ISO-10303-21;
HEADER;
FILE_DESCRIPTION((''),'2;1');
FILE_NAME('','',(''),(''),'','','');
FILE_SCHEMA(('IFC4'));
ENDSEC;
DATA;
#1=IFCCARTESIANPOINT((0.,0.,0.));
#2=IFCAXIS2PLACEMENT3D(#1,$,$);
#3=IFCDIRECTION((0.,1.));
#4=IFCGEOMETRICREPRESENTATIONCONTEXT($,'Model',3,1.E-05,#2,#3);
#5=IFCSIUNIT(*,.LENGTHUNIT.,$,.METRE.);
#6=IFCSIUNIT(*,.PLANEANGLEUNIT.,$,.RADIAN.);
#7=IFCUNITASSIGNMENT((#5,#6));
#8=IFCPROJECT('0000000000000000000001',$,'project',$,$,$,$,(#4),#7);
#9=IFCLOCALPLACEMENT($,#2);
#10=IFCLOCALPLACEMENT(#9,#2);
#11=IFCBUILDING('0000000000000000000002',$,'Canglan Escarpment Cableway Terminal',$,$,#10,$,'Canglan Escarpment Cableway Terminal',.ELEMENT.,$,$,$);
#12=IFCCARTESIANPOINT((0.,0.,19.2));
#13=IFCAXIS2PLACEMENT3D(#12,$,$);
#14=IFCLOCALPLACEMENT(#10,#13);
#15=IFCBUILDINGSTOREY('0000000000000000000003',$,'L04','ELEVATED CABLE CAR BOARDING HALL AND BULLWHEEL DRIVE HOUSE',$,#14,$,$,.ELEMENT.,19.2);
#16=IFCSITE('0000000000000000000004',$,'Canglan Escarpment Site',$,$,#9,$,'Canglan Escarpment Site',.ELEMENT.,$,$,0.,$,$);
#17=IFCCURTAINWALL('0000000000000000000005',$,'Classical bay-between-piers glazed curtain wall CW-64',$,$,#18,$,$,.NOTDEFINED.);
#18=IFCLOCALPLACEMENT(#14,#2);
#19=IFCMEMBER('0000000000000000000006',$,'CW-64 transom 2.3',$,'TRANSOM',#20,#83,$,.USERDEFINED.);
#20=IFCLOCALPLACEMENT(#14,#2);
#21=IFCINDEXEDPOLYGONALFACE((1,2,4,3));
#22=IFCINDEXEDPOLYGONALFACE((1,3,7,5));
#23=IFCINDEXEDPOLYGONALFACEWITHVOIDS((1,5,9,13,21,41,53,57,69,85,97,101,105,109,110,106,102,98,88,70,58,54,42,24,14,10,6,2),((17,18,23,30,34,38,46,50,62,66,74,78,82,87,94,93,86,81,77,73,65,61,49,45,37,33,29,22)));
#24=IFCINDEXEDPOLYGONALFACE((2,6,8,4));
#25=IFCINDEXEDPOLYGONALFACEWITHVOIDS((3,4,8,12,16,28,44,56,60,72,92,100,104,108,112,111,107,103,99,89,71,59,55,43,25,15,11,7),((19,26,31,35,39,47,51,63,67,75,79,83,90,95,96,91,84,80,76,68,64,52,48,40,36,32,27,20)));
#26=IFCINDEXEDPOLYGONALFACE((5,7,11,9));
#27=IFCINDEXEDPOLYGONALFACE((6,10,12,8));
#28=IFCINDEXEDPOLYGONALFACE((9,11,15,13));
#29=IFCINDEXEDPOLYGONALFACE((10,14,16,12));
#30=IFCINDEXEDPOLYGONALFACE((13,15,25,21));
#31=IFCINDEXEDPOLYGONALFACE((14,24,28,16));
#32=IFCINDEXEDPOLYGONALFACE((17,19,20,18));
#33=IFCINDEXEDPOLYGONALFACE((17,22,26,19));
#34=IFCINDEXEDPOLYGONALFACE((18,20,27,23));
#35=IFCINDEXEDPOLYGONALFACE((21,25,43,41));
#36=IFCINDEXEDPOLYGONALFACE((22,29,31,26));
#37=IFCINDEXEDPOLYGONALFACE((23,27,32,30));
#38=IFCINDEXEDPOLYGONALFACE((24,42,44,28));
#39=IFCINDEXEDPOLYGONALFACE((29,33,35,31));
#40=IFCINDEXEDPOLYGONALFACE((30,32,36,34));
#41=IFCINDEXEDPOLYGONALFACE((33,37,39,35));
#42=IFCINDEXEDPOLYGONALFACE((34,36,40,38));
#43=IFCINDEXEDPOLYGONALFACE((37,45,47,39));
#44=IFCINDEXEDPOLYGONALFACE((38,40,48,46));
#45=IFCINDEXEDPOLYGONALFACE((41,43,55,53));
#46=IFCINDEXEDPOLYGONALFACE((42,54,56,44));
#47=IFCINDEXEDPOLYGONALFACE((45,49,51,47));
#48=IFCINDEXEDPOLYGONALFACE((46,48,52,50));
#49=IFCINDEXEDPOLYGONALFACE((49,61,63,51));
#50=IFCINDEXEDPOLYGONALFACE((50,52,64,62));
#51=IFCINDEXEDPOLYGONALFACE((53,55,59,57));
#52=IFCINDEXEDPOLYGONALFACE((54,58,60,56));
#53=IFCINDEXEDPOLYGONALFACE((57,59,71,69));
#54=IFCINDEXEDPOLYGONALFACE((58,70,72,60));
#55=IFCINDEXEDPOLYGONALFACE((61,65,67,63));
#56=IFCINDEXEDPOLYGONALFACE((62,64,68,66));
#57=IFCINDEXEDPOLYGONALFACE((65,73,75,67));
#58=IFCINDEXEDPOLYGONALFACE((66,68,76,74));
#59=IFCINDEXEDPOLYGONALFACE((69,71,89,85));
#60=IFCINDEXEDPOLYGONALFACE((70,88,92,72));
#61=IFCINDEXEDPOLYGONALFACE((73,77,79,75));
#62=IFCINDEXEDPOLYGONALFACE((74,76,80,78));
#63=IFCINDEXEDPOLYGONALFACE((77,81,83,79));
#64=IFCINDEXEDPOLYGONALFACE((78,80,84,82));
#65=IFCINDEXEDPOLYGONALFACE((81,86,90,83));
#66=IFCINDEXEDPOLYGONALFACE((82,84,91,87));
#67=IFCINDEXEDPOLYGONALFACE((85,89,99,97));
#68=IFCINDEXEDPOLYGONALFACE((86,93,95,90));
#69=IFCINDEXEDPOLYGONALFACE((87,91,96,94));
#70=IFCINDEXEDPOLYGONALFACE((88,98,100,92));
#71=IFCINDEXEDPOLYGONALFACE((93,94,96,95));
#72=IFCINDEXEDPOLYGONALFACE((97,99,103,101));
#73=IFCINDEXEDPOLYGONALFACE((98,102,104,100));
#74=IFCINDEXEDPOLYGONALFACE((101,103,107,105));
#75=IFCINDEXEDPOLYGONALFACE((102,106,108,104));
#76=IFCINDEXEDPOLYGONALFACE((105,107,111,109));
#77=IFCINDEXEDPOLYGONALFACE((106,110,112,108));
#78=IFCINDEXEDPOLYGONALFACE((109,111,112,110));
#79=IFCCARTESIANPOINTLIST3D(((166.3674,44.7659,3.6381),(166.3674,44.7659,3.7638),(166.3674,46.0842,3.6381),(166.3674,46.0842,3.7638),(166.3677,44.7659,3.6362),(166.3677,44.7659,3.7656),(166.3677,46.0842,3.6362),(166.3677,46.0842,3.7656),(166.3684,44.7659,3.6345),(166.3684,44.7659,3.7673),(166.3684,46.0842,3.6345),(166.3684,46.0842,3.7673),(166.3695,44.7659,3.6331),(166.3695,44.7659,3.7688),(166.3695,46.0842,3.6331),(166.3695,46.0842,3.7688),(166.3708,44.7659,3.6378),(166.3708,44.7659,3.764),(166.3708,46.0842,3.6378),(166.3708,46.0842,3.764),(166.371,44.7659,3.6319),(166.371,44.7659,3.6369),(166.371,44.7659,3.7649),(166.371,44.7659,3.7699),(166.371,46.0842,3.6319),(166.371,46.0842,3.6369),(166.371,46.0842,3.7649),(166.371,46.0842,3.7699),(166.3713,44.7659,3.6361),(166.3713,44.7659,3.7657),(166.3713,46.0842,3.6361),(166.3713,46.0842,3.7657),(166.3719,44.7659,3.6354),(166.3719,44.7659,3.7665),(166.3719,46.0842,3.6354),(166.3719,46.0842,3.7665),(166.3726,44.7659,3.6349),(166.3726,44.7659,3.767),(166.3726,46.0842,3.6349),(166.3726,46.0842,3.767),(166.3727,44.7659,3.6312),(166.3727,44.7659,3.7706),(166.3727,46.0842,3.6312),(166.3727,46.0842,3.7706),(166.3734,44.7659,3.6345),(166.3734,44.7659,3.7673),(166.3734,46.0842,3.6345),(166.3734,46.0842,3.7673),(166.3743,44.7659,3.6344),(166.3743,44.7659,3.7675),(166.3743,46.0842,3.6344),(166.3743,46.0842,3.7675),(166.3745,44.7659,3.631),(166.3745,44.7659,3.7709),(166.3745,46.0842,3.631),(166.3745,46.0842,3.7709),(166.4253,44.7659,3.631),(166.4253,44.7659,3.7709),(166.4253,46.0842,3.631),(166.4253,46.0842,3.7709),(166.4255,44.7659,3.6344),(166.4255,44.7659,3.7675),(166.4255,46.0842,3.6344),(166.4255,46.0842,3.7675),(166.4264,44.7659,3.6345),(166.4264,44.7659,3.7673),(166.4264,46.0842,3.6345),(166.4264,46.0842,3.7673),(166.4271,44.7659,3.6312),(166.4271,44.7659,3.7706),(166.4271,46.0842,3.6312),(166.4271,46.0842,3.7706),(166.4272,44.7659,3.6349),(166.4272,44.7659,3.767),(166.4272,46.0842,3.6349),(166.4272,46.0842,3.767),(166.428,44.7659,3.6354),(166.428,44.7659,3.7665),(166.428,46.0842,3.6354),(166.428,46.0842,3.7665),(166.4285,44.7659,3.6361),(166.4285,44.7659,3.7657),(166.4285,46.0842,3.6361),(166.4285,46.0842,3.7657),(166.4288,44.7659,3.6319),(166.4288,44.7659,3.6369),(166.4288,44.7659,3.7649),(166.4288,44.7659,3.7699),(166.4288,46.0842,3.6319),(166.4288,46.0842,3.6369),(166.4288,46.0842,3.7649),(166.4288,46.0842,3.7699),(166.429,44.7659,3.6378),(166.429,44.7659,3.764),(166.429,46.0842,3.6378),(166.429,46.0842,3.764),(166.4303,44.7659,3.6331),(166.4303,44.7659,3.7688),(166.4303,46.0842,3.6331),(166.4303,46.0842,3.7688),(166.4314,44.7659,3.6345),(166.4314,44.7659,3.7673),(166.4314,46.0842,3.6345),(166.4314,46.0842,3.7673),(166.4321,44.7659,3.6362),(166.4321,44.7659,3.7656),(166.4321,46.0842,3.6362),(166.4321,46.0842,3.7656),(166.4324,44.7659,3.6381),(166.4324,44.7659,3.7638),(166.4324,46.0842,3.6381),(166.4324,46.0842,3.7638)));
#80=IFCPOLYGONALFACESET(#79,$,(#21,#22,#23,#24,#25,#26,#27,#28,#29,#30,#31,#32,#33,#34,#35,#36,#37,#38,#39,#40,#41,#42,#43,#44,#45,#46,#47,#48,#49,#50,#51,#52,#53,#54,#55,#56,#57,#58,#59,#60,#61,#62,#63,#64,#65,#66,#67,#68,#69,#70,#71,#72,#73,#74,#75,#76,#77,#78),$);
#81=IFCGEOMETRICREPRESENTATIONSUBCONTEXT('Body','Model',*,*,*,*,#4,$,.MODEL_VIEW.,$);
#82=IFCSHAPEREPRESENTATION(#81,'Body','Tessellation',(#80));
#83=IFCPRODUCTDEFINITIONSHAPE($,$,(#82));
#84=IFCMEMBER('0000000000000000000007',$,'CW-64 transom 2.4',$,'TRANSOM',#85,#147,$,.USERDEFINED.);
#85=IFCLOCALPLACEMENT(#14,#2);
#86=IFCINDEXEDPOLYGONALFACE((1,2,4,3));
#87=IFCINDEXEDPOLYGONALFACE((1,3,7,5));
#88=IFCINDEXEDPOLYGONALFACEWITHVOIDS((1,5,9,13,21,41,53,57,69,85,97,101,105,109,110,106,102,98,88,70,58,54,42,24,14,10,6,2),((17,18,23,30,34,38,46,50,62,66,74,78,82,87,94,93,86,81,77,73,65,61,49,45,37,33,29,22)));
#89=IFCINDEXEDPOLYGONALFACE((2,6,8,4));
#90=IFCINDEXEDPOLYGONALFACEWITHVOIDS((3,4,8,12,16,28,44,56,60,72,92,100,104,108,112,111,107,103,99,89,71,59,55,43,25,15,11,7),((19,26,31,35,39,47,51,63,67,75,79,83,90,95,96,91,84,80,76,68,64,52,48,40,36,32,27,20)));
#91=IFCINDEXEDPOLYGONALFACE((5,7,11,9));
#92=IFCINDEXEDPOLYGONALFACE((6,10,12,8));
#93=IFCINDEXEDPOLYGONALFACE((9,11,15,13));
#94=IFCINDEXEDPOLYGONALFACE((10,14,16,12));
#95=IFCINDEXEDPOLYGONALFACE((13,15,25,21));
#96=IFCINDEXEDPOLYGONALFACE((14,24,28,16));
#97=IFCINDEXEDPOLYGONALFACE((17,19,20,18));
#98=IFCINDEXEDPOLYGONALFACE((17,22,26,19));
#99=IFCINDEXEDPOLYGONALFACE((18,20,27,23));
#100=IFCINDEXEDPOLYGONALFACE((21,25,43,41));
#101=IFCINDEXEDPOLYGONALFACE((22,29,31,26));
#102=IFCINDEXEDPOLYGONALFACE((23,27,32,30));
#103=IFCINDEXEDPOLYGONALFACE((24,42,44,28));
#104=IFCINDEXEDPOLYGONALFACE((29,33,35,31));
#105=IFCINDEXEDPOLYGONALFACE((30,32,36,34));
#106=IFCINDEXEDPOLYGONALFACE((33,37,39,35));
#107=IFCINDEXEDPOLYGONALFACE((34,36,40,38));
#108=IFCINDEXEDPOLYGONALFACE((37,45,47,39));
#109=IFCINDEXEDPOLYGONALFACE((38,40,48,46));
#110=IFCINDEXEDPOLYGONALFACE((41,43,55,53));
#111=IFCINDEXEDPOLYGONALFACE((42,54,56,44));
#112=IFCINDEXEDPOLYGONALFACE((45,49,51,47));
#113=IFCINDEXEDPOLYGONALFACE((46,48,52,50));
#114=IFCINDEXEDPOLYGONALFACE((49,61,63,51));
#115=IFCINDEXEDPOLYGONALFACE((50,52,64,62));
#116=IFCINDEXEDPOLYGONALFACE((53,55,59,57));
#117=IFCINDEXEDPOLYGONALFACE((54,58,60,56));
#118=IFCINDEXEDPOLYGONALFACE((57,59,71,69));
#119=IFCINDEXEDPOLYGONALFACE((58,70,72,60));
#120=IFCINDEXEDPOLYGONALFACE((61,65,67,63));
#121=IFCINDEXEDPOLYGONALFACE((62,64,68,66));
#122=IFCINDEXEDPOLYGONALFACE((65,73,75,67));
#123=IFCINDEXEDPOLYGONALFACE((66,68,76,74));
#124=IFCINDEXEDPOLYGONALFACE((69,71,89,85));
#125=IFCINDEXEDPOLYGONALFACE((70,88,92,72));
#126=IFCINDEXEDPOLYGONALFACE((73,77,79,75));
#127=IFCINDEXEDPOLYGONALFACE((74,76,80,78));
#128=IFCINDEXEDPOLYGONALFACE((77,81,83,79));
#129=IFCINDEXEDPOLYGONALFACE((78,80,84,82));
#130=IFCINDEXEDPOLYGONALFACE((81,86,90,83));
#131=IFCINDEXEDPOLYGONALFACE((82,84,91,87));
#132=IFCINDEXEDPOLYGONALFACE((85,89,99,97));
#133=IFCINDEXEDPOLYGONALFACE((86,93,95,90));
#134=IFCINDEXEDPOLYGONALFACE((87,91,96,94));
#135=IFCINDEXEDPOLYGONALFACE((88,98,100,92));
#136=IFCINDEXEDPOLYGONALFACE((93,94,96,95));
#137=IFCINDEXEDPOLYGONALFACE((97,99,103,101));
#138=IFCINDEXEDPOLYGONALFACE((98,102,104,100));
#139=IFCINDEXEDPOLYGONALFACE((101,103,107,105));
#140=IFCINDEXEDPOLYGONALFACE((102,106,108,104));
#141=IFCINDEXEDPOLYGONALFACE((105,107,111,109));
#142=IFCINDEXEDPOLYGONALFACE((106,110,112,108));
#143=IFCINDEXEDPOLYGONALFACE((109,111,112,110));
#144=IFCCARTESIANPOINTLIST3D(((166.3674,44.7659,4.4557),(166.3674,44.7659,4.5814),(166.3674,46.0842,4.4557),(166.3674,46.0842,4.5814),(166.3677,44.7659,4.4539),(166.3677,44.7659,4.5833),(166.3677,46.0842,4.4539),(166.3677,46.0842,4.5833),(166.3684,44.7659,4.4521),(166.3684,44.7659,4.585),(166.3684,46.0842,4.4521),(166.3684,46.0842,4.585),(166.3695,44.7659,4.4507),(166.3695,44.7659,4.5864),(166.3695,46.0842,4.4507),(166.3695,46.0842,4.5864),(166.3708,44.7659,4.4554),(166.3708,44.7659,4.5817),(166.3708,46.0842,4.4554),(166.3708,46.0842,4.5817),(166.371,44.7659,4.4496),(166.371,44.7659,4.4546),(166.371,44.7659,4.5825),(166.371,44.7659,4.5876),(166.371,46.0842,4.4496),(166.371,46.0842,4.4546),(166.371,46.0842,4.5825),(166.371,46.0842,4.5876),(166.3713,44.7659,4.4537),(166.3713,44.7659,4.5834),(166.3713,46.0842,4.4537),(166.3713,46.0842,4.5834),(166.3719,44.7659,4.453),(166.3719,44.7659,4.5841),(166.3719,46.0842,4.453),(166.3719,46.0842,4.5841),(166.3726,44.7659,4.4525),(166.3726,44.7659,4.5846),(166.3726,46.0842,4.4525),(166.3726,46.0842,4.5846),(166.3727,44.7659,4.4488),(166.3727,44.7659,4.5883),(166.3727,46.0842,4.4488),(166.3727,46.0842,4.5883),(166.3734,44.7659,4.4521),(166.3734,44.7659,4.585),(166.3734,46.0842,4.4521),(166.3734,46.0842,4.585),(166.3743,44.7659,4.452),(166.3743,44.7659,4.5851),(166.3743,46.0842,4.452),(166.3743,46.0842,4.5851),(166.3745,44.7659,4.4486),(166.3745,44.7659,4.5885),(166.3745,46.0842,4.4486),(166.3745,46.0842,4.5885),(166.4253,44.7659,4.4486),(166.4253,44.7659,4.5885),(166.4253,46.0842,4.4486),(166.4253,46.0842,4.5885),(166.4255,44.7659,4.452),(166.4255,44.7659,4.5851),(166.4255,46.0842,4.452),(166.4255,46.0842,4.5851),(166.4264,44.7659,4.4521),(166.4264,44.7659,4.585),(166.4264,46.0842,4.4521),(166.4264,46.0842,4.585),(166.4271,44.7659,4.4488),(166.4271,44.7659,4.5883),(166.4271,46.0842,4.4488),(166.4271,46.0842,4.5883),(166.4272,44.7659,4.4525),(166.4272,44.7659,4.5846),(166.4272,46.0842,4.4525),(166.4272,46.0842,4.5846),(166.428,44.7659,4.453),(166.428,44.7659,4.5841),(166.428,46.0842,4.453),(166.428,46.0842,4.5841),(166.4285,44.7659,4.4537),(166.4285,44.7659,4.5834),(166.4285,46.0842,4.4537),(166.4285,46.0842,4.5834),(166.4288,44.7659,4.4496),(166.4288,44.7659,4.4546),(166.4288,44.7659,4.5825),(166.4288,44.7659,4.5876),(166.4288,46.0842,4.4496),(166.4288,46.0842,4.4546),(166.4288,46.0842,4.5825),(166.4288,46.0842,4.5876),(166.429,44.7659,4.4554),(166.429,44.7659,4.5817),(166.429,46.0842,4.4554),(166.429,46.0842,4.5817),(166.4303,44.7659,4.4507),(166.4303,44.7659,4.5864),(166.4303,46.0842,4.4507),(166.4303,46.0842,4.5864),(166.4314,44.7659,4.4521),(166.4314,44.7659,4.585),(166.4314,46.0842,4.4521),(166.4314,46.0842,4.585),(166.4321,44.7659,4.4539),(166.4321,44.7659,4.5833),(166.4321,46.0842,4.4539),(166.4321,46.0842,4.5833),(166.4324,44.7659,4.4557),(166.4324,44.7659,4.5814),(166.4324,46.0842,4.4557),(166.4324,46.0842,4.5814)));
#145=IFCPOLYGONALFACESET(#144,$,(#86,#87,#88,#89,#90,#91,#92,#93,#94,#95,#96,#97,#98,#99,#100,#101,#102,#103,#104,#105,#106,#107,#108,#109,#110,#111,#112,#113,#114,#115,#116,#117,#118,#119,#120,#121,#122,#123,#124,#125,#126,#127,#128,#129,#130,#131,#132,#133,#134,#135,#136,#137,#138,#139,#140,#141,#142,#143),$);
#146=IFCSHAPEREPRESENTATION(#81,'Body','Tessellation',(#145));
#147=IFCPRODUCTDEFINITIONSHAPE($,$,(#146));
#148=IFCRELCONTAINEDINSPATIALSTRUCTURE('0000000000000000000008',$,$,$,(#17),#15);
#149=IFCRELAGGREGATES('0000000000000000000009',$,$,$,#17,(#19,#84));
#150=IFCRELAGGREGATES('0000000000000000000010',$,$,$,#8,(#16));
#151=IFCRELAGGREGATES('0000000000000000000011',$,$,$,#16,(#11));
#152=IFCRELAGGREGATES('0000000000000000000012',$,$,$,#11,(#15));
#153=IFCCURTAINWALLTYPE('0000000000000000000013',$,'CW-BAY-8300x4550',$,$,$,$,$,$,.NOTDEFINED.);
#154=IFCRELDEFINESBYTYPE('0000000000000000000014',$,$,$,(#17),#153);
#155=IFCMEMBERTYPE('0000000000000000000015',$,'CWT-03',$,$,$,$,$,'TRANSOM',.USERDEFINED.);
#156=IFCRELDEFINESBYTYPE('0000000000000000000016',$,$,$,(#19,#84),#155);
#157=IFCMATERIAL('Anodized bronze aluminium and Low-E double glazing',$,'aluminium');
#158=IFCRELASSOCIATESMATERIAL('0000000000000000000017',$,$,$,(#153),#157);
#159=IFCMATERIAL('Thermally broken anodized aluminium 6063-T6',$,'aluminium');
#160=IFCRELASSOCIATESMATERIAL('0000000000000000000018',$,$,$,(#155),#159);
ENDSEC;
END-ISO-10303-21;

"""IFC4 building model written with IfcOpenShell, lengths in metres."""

from ifc_helpers import new_model, si_unit, direction, frame, origin, origin_2d, place, context, subcontext, project, spatial, hollow_rectangle, extrude, material, material_profile, profile_set, type_object, element, aggregate, save


model = new_model("IFC4")

# Units and contexts
model_context = context("Model", 3, precision=1e-05, world=origin(), true_north=direction((0.0, 1.0)))
body_context = subcontext(model_context, "Body", "Model", "MODEL_VIEW")
ifc_project = project(units=[si_unit("LENGTHUNIT", "METRE"), si_unit("PLANEANGLEUNIT", "RADIAN")], contexts=[model_context])

# Site, building, storey
site_placement = place(None, origin())
site = spatial("IfcSite", under=ifc_project, at=site_placement, Name="Canglan Escarpment Site", LongName="Canglan Escarpment Site", CompositionType="ELEMENT", RefElevation=0.0)
building_placement = place(site_placement, origin())
building = spatial("IfcBuilding", under=site, at=building_placement, Name="Canglan Escarpment Cableway Terminal", LongName="Canglan Escarpment Cableway Terminal", CompositionType="ELEMENT")
storey_placement = place(building_placement, frame((0.0, 0.0, 19.2)))
storey = spatial("IfcBuildingStorey", under=building, at=storey_placement, Name="L04", Description="ELEVATED CABLE CAR BOARDING HALL AND BULLWHEEL DRIVE HOUSE", CompositionType="ELEMENT", Elevation=19.2)

# Curtain wall, members
ifc_material_1 = material(Name="Anodized bronze aluminium and Low-E double glazing", Category="aluminium")
curtain_wall_type = type_object("IfcCurtainWallType", Name="CW-BAY-8300x4550", PredefinedType="NOTDEFINED", material=ifc_material_1)
curtain_wall_placement = place(storey_placement, origin())
curtain_wall = element("IfcCurtainWall", 1, at=curtain_wall_placement, inside=storey, type_object=curtain_wall_type, Name="Classical bay-between-piers glazed curtain wall CW-64", PredefinedType="NOTDEFINED")
ifc_material_2 = material(Name="Thermally broken anodized aluminium 6063-T6", Category="aluminium")
ifc_material_profile_1 = material_profile(ifc_material_2, hollow_rectangle(XDim=0.0649, YDim=0.1399, WallThickness=0.0034, InnerFilletRadius=0.0034, OuterFilletRadius=0.0071, at=origin_2d()), Name="ALU-TRAN 65x140x3.5")
ifc_profile_set_1 = profile_set([ifc_material_profile_1], Name="Thermally broken anodized aluminium 6063-T6")
member_type_1 = type_object("IfcMemberType", Name="CWT-03", ElementType="TRANSOM", PredefinedType="USERDEFINED", material=ifc_profile_set_1)
member_1_placement = place(storey_placement, frame((166.3999, 44.7659, 3.7009), z_axis=(0.0, 1.0, 0.0), x_axis=(-1.0, 0.0, 0.0)))
member_1 = element("IfcMember", 2, at=member_1_placement, type_object=member_type_1, Name="CW-64 transom 2.3", ObjectType="TRANSOM", PredefinedType="USERDEFINED", context=body_context, shape_type="SweptSolid", body=[
    extrude(hollow_rectangle(XDim=0.0649, YDim=0.1399, WallThickness=0.0034, InnerFilletRadius=0.0034, OuterFilletRadius=0.0071, at=origin_2d()), origin(), (0.0, 0.0, 1.0), 1.3184),
])
member_2_placement = place(storey_placement, frame((166.3999, 44.7659, 4.5186), z_axis=(0.0, 1.0, 0.0), x_axis=(-1.0, 0.0, 0.0)))
member_2 = element("IfcMember", 3, at=member_2_placement, type_object=member_type_1, Name="CW-64 transom 2.4", ObjectType="TRANSOM", PredefinedType="USERDEFINED", context=body_context, shape_type="SweptSolid", body=[
    extrude(hollow_rectangle(XDim=0.0649, YDim=0.1399, WallThickness=0.0034, InnerFilletRadius=0.0034, OuterFilletRadius=0.0071, at=origin_2d()), origin(), (0.0, 0.0, 1.0), 1.3184),
])
aggregate(curtain_wall, [member_1, member_2])

save(model, "model.ifc")
